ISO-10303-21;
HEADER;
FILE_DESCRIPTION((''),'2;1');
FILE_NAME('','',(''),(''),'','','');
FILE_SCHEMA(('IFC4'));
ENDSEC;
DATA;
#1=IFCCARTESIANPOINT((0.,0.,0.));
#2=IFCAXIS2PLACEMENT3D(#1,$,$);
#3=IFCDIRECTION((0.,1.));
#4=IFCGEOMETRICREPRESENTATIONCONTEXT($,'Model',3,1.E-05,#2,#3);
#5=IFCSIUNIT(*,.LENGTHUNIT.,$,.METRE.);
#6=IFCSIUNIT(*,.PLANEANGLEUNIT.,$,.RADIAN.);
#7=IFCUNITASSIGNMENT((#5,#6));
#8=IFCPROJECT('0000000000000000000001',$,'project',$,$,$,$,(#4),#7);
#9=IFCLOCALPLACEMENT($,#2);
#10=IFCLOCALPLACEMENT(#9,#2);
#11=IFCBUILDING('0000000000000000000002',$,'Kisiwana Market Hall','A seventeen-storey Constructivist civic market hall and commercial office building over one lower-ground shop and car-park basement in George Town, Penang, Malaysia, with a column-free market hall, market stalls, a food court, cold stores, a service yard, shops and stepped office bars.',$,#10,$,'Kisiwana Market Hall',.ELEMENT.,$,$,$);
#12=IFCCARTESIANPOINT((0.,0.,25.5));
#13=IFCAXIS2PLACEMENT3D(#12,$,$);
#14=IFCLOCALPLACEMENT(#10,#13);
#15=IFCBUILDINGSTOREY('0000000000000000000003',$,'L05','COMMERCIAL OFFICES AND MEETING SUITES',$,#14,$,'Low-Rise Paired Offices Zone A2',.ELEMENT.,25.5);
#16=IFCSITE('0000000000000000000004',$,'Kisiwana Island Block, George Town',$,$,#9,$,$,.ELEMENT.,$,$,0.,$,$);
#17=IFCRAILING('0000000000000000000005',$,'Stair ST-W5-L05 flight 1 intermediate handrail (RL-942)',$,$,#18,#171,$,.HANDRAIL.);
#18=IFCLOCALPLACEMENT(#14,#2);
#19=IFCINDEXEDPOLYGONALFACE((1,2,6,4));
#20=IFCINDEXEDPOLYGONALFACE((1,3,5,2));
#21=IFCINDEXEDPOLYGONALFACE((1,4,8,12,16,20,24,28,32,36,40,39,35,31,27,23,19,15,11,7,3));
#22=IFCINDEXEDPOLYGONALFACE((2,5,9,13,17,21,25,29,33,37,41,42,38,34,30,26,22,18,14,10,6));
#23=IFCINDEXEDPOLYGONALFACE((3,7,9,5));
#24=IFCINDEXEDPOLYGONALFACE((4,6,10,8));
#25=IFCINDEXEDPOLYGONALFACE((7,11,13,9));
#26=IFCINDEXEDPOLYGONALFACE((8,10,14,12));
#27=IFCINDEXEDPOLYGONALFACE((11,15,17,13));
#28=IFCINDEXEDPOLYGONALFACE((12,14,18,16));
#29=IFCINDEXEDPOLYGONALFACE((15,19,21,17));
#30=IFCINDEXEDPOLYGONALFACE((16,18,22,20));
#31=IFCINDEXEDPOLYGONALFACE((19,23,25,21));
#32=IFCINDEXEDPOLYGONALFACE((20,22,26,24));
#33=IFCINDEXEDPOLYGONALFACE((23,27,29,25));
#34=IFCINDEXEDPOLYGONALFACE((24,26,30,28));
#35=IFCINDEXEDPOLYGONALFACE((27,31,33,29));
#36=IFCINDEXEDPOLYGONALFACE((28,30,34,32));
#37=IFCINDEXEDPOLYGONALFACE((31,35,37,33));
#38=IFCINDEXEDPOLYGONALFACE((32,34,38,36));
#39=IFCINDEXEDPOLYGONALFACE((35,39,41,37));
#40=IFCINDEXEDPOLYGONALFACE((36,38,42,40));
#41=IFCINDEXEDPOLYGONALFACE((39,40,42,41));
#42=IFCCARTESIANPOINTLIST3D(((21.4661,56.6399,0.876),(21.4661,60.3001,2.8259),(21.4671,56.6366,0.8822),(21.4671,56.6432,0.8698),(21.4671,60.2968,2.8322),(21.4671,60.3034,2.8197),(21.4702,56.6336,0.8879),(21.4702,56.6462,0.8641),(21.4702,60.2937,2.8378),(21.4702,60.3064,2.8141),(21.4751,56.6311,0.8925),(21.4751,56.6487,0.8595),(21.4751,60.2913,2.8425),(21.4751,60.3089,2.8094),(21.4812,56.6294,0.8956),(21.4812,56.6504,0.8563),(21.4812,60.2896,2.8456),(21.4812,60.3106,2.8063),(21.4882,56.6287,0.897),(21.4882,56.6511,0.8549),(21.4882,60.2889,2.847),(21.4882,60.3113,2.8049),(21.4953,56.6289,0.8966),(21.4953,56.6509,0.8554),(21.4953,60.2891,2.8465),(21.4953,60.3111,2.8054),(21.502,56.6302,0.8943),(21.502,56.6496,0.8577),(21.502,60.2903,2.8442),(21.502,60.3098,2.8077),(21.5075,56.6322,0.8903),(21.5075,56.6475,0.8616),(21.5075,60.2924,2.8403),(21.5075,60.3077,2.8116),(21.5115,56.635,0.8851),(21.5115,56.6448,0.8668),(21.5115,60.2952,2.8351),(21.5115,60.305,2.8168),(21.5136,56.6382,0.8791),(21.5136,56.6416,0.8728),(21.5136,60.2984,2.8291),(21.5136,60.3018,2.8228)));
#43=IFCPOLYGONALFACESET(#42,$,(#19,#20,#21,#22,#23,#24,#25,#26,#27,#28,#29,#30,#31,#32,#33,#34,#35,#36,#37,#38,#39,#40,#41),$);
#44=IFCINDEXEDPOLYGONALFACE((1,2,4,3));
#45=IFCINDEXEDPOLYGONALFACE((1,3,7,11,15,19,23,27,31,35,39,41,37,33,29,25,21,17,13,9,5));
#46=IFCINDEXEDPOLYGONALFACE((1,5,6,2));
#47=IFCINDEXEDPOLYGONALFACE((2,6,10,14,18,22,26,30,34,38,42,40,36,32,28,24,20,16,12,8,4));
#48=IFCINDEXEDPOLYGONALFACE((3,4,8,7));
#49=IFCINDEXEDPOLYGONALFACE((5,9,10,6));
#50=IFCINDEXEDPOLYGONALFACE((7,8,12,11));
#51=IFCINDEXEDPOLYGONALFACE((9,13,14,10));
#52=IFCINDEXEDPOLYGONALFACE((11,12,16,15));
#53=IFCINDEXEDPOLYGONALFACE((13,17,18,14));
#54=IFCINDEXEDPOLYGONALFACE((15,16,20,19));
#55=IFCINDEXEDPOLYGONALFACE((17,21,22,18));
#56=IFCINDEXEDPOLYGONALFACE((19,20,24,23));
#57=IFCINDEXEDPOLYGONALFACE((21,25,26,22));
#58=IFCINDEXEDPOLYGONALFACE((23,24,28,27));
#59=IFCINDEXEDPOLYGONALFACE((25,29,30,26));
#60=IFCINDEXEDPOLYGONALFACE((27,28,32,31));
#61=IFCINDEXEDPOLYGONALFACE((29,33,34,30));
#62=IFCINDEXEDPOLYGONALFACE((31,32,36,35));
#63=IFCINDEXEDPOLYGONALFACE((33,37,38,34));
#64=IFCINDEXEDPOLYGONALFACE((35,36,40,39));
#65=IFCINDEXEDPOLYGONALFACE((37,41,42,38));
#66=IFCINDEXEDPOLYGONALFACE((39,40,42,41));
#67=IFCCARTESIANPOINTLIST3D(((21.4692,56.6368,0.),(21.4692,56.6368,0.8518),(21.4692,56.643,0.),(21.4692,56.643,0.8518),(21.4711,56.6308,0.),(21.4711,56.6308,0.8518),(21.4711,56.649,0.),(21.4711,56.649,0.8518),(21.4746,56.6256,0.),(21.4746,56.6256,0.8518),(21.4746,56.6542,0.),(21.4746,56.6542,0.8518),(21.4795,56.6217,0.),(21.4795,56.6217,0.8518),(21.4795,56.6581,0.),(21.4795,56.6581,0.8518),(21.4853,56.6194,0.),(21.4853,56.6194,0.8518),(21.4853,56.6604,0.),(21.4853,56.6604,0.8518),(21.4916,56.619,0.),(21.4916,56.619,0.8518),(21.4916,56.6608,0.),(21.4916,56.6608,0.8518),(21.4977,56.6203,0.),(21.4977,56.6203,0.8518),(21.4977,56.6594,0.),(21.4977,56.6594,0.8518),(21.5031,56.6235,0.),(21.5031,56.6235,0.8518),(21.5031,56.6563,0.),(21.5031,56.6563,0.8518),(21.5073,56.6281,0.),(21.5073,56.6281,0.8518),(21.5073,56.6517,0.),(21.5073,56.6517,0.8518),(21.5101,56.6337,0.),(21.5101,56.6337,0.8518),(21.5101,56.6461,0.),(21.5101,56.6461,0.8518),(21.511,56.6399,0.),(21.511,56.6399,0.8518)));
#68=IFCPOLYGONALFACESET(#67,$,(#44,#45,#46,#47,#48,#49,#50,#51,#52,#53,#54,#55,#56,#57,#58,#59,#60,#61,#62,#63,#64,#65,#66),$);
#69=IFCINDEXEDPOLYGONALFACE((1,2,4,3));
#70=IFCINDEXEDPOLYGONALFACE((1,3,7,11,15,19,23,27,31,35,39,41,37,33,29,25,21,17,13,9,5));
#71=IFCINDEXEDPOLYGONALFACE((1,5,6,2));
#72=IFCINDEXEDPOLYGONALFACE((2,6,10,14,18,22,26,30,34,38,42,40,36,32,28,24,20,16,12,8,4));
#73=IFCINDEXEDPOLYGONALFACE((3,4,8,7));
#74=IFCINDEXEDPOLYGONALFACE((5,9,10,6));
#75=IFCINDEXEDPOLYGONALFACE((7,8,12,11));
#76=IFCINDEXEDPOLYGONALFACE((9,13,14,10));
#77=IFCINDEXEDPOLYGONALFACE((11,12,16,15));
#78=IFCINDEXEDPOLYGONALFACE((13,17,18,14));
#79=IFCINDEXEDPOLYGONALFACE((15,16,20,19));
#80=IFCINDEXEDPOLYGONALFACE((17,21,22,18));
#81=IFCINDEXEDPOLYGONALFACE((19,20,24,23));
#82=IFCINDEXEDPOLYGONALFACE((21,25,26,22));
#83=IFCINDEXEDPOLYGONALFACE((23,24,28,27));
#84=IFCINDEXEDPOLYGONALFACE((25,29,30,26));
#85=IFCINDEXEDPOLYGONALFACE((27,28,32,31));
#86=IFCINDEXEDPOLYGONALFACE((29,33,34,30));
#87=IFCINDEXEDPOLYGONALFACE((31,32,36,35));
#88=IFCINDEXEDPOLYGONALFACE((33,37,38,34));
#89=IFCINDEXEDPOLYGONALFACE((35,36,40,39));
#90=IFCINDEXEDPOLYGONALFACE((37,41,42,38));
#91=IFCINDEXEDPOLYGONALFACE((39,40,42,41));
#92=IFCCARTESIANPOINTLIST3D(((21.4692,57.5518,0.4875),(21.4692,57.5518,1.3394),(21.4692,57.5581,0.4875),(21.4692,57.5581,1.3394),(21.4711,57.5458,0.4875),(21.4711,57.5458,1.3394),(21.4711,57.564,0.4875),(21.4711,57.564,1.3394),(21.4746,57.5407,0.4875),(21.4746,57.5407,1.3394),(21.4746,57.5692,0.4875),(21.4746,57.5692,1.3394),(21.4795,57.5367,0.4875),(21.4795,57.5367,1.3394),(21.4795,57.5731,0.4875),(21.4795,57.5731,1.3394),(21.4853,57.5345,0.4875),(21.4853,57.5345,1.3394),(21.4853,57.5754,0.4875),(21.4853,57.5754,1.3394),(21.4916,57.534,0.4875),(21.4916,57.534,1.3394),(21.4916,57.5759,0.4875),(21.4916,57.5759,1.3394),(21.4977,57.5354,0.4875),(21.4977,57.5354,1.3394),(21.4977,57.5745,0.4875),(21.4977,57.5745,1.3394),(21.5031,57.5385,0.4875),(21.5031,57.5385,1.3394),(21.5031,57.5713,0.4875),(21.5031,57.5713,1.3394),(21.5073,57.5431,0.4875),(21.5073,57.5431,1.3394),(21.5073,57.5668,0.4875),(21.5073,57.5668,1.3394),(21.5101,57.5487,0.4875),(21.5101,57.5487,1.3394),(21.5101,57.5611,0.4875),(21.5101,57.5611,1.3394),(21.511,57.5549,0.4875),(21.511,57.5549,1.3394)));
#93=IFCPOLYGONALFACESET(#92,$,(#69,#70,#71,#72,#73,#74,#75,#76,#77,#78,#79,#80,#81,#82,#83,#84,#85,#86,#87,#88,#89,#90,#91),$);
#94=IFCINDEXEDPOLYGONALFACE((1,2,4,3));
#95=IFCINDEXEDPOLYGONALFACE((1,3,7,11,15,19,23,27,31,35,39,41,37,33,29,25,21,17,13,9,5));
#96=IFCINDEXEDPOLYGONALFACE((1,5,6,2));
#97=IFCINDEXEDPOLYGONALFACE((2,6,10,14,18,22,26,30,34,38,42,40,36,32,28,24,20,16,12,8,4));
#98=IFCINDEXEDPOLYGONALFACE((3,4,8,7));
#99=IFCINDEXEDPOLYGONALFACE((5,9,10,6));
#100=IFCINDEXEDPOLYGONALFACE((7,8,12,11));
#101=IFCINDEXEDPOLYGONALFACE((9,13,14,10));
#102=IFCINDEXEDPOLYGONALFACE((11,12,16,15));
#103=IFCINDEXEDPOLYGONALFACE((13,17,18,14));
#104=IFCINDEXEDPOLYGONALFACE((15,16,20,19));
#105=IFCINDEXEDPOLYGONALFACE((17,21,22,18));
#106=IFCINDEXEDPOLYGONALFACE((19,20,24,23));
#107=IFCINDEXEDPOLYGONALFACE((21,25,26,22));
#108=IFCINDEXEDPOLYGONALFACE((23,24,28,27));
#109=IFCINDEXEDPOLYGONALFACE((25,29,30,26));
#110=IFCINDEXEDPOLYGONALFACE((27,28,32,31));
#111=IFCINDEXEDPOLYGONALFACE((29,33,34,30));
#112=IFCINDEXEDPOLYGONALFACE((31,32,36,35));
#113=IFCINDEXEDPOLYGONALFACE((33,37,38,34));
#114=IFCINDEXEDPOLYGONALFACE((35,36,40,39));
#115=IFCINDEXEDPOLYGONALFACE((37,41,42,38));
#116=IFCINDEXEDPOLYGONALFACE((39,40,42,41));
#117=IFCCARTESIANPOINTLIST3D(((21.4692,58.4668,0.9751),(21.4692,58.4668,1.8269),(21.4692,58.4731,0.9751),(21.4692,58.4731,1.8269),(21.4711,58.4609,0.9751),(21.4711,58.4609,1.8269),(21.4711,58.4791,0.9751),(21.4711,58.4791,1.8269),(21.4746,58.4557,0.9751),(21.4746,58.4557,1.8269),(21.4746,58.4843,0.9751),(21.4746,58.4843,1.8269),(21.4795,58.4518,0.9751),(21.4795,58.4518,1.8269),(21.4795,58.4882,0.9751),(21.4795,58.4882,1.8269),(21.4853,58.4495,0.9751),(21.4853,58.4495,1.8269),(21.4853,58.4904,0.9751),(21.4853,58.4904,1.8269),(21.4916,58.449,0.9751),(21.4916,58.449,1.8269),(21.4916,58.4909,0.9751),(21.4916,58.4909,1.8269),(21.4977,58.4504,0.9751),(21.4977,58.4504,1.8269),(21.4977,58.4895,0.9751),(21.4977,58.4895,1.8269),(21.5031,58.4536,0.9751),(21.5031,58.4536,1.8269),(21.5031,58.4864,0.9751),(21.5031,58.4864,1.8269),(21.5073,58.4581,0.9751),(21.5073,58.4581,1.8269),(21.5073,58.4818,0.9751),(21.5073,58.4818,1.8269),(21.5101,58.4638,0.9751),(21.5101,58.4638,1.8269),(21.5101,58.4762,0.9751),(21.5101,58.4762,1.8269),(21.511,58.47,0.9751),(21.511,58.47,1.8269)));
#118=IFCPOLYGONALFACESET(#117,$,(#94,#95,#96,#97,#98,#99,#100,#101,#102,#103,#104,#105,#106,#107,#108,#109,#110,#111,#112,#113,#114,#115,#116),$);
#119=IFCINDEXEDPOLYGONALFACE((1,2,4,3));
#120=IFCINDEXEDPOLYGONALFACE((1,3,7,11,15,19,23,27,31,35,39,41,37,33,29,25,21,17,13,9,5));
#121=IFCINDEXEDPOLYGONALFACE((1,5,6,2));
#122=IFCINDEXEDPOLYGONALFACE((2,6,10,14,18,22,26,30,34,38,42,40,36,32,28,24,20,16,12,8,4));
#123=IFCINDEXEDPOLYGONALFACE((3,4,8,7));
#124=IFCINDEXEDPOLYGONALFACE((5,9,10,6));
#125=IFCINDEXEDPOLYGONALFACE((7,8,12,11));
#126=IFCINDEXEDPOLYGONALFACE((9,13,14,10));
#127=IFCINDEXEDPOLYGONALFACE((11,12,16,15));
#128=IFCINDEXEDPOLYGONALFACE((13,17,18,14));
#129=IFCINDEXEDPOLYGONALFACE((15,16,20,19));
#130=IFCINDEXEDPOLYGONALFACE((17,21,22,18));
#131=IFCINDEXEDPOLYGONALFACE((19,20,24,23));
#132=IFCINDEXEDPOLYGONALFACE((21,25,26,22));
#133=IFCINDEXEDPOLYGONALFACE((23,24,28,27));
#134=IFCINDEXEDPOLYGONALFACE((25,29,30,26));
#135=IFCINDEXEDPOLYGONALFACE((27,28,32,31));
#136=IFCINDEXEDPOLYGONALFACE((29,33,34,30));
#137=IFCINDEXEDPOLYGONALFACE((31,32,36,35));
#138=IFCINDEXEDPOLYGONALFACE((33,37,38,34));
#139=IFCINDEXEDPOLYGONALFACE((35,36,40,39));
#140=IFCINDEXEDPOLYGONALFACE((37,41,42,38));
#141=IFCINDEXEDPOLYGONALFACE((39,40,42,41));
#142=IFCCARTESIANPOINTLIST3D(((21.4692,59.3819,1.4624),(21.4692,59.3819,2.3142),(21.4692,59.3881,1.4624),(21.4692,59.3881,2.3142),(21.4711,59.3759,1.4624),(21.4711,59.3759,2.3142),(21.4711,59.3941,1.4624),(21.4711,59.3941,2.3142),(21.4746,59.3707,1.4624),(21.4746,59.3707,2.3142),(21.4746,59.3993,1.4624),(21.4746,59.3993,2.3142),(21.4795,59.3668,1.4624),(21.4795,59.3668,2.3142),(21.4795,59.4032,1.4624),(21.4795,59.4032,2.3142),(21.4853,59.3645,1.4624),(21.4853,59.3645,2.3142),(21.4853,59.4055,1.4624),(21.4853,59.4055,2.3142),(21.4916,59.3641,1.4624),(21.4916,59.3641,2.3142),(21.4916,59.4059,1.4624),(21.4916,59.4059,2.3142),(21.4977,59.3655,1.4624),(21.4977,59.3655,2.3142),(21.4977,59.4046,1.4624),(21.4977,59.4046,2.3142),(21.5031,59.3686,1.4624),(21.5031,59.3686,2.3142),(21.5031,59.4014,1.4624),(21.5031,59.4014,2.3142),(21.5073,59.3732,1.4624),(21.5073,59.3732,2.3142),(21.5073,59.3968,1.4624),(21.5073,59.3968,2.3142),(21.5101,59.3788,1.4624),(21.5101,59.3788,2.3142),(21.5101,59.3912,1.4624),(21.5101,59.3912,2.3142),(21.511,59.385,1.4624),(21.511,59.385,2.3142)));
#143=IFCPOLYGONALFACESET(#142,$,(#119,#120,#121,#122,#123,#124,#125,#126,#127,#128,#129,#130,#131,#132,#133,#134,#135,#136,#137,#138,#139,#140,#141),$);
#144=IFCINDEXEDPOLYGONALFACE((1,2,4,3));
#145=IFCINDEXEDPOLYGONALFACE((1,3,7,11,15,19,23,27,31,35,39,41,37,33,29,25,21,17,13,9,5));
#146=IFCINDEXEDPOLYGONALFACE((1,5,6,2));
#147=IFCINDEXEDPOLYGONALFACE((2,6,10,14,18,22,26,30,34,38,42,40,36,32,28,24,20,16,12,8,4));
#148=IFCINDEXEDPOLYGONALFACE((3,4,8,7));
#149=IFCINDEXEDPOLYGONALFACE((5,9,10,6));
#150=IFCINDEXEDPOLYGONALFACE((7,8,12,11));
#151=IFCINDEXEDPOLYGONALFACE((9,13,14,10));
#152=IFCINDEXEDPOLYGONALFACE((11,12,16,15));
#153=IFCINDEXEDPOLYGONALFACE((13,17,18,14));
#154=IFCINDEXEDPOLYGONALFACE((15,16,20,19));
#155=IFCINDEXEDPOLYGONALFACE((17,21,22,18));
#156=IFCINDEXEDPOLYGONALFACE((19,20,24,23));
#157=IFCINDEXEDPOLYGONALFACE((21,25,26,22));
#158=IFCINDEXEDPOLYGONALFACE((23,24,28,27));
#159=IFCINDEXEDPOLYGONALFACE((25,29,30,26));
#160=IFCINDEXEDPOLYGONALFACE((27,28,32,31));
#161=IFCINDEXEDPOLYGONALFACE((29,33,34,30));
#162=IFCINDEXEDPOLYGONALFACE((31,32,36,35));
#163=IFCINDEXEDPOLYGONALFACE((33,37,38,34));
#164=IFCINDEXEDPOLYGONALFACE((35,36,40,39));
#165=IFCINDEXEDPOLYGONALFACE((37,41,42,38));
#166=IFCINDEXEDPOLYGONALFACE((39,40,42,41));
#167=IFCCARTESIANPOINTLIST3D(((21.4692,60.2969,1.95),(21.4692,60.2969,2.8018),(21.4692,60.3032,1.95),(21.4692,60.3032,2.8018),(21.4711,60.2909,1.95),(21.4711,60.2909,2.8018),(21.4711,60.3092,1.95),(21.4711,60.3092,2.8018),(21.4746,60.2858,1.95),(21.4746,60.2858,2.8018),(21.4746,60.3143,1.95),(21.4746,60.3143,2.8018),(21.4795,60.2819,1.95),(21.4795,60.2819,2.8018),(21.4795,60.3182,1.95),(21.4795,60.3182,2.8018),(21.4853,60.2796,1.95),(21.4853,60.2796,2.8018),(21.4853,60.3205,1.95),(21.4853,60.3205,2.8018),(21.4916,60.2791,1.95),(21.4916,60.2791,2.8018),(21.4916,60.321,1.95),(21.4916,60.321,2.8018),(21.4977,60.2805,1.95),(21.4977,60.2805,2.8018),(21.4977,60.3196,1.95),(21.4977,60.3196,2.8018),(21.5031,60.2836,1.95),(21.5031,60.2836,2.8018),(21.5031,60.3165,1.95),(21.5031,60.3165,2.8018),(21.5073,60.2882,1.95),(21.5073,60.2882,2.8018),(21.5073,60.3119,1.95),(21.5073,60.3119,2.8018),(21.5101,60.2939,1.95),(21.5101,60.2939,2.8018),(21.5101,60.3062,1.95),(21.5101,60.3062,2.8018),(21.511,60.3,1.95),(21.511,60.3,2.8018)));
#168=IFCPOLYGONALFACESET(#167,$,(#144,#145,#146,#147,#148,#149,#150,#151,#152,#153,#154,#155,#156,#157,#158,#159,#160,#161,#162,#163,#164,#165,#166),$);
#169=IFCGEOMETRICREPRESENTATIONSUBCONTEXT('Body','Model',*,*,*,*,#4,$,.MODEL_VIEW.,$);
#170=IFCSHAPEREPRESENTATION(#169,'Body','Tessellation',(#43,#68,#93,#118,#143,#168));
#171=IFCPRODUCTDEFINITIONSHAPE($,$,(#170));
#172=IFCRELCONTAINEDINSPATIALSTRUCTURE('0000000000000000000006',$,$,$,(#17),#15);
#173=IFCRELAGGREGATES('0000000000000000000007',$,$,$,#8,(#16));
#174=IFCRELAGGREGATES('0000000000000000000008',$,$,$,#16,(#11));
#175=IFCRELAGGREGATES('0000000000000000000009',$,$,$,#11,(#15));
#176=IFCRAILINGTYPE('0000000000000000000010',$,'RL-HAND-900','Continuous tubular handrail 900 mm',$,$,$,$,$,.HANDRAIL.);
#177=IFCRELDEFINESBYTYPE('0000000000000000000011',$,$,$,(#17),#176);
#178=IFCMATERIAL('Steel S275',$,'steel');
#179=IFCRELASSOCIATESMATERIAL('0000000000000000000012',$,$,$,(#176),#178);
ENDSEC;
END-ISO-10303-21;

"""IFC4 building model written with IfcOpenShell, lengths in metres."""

from ifc_helpers import new_model, si_unit, direction, frame, origin, origin_2d, place, context, subcontext, project, spatial, circle, extrude, material, type_object, element, save


model = new_model("IFC4")

# Units and contexts
model_context = context("Model", 3, precision=1e-05, world=origin(), true_north=direction((0.0, 1.0)))
body_context = subcontext(model_context, "Body", "Model", "MODEL_VIEW")
ifc_project = project(units=[si_unit("LENGTHUNIT", "METRE"), si_unit("PLANEANGLEUNIT", "RADIAN")], contexts=[model_context])

# Site, building, storey
site_placement = place(None, origin())
site = spatial("IfcSite", under=ifc_project, at=site_placement, Name="Kisiwana Island Block, George Town", CompositionType="ELEMENT", RefElevation=0.0)
building_placement = place(site_placement, origin())
building = spatial("IfcBuilding", under=site, at=building_placement, Name="Kisiwana Market Hall", Description="A seventeen-storey Constructivist civic market hall and commercial office building over one lower-ground shop and car-park basement in George Town, Penang, Malaysia, with a column-free market hall, market stalls, a food court, cold stores, a service yard, shops and stepped office bars.", LongName="Kisiwana Market Hall", CompositionType="ELEMENT")
storey_placement = place(building_placement, frame((0.0, 0.0, 25.5)))
storey = spatial("IfcBuildingStorey", under=building, at=storey_placement, Name="L05", Description="COMMERCIAL OFFICES AND MEETING SUITES", LongName="Low-Rise Paired Offices Zone A2", CompositionType="ELEMENT", Elevation=25.5)

# Railing
ifc_material_1 = material(Name="Steel S275", Category="steel")
railing_type_1 = type_object("IfcRailingType", Name="RL-HAND-900", Description="Continuous tubular handrail 900 mm", PredefinedType="HANDRAIL", material=ifc_material_1)
for number, where, name in (
    (1, (21.49, 56.6399, 0.0), "Stair ST-W5-L05 flight 1 intermediate handrail (RL-942)"),
):
    element("IfcRailing", number, at=place(storey_placement, frame(where)), inside=storey, type_object=railing_type_1, Name=name, PredefinedType="HANDRAIL", context=body_context, shape_type="SweptSolid", body=[
        extrude(circle(Radius=0.0239, at=origin_2d()), frame((0.0, 0.0, 0.876), z_axis=(0.0, 0.882566, 0.470188), x_axis=(-1.0, 0.0, 0.0)), (0.0, 0.0, 1.0), 4.1472),
        extrude(circle(Radius=0.021, at=origin_2d()), origin(), (0.0, 0.0, 1.0), 0.8518),
        extrude(circle(Radius=0.021, at=origin_2d()), frame((0.0, 0.915, 0.4875)), (0.0, 0.0, 1.0), 0.8518),
        extrude(circle(Radius=0.021, at=origin_2d()), frame((0.0, 1.8301, 0.9751)), (0.0, 0.0, 1.0), 0.8518),
        extrude(circle(Radius=0.021, at=origin_2d()), frame((0.0, 2.7451, 1.4624)), (0.0, 0.0, 1.0), 0.8518),
        extrude(circle(Radius=0.021, at=origin_2d()), frame((0.0, 3.6602, 1.95)), (0.0, 0.0, 1.0), 0.8518),
    ])

save(model, "model.ifc")
